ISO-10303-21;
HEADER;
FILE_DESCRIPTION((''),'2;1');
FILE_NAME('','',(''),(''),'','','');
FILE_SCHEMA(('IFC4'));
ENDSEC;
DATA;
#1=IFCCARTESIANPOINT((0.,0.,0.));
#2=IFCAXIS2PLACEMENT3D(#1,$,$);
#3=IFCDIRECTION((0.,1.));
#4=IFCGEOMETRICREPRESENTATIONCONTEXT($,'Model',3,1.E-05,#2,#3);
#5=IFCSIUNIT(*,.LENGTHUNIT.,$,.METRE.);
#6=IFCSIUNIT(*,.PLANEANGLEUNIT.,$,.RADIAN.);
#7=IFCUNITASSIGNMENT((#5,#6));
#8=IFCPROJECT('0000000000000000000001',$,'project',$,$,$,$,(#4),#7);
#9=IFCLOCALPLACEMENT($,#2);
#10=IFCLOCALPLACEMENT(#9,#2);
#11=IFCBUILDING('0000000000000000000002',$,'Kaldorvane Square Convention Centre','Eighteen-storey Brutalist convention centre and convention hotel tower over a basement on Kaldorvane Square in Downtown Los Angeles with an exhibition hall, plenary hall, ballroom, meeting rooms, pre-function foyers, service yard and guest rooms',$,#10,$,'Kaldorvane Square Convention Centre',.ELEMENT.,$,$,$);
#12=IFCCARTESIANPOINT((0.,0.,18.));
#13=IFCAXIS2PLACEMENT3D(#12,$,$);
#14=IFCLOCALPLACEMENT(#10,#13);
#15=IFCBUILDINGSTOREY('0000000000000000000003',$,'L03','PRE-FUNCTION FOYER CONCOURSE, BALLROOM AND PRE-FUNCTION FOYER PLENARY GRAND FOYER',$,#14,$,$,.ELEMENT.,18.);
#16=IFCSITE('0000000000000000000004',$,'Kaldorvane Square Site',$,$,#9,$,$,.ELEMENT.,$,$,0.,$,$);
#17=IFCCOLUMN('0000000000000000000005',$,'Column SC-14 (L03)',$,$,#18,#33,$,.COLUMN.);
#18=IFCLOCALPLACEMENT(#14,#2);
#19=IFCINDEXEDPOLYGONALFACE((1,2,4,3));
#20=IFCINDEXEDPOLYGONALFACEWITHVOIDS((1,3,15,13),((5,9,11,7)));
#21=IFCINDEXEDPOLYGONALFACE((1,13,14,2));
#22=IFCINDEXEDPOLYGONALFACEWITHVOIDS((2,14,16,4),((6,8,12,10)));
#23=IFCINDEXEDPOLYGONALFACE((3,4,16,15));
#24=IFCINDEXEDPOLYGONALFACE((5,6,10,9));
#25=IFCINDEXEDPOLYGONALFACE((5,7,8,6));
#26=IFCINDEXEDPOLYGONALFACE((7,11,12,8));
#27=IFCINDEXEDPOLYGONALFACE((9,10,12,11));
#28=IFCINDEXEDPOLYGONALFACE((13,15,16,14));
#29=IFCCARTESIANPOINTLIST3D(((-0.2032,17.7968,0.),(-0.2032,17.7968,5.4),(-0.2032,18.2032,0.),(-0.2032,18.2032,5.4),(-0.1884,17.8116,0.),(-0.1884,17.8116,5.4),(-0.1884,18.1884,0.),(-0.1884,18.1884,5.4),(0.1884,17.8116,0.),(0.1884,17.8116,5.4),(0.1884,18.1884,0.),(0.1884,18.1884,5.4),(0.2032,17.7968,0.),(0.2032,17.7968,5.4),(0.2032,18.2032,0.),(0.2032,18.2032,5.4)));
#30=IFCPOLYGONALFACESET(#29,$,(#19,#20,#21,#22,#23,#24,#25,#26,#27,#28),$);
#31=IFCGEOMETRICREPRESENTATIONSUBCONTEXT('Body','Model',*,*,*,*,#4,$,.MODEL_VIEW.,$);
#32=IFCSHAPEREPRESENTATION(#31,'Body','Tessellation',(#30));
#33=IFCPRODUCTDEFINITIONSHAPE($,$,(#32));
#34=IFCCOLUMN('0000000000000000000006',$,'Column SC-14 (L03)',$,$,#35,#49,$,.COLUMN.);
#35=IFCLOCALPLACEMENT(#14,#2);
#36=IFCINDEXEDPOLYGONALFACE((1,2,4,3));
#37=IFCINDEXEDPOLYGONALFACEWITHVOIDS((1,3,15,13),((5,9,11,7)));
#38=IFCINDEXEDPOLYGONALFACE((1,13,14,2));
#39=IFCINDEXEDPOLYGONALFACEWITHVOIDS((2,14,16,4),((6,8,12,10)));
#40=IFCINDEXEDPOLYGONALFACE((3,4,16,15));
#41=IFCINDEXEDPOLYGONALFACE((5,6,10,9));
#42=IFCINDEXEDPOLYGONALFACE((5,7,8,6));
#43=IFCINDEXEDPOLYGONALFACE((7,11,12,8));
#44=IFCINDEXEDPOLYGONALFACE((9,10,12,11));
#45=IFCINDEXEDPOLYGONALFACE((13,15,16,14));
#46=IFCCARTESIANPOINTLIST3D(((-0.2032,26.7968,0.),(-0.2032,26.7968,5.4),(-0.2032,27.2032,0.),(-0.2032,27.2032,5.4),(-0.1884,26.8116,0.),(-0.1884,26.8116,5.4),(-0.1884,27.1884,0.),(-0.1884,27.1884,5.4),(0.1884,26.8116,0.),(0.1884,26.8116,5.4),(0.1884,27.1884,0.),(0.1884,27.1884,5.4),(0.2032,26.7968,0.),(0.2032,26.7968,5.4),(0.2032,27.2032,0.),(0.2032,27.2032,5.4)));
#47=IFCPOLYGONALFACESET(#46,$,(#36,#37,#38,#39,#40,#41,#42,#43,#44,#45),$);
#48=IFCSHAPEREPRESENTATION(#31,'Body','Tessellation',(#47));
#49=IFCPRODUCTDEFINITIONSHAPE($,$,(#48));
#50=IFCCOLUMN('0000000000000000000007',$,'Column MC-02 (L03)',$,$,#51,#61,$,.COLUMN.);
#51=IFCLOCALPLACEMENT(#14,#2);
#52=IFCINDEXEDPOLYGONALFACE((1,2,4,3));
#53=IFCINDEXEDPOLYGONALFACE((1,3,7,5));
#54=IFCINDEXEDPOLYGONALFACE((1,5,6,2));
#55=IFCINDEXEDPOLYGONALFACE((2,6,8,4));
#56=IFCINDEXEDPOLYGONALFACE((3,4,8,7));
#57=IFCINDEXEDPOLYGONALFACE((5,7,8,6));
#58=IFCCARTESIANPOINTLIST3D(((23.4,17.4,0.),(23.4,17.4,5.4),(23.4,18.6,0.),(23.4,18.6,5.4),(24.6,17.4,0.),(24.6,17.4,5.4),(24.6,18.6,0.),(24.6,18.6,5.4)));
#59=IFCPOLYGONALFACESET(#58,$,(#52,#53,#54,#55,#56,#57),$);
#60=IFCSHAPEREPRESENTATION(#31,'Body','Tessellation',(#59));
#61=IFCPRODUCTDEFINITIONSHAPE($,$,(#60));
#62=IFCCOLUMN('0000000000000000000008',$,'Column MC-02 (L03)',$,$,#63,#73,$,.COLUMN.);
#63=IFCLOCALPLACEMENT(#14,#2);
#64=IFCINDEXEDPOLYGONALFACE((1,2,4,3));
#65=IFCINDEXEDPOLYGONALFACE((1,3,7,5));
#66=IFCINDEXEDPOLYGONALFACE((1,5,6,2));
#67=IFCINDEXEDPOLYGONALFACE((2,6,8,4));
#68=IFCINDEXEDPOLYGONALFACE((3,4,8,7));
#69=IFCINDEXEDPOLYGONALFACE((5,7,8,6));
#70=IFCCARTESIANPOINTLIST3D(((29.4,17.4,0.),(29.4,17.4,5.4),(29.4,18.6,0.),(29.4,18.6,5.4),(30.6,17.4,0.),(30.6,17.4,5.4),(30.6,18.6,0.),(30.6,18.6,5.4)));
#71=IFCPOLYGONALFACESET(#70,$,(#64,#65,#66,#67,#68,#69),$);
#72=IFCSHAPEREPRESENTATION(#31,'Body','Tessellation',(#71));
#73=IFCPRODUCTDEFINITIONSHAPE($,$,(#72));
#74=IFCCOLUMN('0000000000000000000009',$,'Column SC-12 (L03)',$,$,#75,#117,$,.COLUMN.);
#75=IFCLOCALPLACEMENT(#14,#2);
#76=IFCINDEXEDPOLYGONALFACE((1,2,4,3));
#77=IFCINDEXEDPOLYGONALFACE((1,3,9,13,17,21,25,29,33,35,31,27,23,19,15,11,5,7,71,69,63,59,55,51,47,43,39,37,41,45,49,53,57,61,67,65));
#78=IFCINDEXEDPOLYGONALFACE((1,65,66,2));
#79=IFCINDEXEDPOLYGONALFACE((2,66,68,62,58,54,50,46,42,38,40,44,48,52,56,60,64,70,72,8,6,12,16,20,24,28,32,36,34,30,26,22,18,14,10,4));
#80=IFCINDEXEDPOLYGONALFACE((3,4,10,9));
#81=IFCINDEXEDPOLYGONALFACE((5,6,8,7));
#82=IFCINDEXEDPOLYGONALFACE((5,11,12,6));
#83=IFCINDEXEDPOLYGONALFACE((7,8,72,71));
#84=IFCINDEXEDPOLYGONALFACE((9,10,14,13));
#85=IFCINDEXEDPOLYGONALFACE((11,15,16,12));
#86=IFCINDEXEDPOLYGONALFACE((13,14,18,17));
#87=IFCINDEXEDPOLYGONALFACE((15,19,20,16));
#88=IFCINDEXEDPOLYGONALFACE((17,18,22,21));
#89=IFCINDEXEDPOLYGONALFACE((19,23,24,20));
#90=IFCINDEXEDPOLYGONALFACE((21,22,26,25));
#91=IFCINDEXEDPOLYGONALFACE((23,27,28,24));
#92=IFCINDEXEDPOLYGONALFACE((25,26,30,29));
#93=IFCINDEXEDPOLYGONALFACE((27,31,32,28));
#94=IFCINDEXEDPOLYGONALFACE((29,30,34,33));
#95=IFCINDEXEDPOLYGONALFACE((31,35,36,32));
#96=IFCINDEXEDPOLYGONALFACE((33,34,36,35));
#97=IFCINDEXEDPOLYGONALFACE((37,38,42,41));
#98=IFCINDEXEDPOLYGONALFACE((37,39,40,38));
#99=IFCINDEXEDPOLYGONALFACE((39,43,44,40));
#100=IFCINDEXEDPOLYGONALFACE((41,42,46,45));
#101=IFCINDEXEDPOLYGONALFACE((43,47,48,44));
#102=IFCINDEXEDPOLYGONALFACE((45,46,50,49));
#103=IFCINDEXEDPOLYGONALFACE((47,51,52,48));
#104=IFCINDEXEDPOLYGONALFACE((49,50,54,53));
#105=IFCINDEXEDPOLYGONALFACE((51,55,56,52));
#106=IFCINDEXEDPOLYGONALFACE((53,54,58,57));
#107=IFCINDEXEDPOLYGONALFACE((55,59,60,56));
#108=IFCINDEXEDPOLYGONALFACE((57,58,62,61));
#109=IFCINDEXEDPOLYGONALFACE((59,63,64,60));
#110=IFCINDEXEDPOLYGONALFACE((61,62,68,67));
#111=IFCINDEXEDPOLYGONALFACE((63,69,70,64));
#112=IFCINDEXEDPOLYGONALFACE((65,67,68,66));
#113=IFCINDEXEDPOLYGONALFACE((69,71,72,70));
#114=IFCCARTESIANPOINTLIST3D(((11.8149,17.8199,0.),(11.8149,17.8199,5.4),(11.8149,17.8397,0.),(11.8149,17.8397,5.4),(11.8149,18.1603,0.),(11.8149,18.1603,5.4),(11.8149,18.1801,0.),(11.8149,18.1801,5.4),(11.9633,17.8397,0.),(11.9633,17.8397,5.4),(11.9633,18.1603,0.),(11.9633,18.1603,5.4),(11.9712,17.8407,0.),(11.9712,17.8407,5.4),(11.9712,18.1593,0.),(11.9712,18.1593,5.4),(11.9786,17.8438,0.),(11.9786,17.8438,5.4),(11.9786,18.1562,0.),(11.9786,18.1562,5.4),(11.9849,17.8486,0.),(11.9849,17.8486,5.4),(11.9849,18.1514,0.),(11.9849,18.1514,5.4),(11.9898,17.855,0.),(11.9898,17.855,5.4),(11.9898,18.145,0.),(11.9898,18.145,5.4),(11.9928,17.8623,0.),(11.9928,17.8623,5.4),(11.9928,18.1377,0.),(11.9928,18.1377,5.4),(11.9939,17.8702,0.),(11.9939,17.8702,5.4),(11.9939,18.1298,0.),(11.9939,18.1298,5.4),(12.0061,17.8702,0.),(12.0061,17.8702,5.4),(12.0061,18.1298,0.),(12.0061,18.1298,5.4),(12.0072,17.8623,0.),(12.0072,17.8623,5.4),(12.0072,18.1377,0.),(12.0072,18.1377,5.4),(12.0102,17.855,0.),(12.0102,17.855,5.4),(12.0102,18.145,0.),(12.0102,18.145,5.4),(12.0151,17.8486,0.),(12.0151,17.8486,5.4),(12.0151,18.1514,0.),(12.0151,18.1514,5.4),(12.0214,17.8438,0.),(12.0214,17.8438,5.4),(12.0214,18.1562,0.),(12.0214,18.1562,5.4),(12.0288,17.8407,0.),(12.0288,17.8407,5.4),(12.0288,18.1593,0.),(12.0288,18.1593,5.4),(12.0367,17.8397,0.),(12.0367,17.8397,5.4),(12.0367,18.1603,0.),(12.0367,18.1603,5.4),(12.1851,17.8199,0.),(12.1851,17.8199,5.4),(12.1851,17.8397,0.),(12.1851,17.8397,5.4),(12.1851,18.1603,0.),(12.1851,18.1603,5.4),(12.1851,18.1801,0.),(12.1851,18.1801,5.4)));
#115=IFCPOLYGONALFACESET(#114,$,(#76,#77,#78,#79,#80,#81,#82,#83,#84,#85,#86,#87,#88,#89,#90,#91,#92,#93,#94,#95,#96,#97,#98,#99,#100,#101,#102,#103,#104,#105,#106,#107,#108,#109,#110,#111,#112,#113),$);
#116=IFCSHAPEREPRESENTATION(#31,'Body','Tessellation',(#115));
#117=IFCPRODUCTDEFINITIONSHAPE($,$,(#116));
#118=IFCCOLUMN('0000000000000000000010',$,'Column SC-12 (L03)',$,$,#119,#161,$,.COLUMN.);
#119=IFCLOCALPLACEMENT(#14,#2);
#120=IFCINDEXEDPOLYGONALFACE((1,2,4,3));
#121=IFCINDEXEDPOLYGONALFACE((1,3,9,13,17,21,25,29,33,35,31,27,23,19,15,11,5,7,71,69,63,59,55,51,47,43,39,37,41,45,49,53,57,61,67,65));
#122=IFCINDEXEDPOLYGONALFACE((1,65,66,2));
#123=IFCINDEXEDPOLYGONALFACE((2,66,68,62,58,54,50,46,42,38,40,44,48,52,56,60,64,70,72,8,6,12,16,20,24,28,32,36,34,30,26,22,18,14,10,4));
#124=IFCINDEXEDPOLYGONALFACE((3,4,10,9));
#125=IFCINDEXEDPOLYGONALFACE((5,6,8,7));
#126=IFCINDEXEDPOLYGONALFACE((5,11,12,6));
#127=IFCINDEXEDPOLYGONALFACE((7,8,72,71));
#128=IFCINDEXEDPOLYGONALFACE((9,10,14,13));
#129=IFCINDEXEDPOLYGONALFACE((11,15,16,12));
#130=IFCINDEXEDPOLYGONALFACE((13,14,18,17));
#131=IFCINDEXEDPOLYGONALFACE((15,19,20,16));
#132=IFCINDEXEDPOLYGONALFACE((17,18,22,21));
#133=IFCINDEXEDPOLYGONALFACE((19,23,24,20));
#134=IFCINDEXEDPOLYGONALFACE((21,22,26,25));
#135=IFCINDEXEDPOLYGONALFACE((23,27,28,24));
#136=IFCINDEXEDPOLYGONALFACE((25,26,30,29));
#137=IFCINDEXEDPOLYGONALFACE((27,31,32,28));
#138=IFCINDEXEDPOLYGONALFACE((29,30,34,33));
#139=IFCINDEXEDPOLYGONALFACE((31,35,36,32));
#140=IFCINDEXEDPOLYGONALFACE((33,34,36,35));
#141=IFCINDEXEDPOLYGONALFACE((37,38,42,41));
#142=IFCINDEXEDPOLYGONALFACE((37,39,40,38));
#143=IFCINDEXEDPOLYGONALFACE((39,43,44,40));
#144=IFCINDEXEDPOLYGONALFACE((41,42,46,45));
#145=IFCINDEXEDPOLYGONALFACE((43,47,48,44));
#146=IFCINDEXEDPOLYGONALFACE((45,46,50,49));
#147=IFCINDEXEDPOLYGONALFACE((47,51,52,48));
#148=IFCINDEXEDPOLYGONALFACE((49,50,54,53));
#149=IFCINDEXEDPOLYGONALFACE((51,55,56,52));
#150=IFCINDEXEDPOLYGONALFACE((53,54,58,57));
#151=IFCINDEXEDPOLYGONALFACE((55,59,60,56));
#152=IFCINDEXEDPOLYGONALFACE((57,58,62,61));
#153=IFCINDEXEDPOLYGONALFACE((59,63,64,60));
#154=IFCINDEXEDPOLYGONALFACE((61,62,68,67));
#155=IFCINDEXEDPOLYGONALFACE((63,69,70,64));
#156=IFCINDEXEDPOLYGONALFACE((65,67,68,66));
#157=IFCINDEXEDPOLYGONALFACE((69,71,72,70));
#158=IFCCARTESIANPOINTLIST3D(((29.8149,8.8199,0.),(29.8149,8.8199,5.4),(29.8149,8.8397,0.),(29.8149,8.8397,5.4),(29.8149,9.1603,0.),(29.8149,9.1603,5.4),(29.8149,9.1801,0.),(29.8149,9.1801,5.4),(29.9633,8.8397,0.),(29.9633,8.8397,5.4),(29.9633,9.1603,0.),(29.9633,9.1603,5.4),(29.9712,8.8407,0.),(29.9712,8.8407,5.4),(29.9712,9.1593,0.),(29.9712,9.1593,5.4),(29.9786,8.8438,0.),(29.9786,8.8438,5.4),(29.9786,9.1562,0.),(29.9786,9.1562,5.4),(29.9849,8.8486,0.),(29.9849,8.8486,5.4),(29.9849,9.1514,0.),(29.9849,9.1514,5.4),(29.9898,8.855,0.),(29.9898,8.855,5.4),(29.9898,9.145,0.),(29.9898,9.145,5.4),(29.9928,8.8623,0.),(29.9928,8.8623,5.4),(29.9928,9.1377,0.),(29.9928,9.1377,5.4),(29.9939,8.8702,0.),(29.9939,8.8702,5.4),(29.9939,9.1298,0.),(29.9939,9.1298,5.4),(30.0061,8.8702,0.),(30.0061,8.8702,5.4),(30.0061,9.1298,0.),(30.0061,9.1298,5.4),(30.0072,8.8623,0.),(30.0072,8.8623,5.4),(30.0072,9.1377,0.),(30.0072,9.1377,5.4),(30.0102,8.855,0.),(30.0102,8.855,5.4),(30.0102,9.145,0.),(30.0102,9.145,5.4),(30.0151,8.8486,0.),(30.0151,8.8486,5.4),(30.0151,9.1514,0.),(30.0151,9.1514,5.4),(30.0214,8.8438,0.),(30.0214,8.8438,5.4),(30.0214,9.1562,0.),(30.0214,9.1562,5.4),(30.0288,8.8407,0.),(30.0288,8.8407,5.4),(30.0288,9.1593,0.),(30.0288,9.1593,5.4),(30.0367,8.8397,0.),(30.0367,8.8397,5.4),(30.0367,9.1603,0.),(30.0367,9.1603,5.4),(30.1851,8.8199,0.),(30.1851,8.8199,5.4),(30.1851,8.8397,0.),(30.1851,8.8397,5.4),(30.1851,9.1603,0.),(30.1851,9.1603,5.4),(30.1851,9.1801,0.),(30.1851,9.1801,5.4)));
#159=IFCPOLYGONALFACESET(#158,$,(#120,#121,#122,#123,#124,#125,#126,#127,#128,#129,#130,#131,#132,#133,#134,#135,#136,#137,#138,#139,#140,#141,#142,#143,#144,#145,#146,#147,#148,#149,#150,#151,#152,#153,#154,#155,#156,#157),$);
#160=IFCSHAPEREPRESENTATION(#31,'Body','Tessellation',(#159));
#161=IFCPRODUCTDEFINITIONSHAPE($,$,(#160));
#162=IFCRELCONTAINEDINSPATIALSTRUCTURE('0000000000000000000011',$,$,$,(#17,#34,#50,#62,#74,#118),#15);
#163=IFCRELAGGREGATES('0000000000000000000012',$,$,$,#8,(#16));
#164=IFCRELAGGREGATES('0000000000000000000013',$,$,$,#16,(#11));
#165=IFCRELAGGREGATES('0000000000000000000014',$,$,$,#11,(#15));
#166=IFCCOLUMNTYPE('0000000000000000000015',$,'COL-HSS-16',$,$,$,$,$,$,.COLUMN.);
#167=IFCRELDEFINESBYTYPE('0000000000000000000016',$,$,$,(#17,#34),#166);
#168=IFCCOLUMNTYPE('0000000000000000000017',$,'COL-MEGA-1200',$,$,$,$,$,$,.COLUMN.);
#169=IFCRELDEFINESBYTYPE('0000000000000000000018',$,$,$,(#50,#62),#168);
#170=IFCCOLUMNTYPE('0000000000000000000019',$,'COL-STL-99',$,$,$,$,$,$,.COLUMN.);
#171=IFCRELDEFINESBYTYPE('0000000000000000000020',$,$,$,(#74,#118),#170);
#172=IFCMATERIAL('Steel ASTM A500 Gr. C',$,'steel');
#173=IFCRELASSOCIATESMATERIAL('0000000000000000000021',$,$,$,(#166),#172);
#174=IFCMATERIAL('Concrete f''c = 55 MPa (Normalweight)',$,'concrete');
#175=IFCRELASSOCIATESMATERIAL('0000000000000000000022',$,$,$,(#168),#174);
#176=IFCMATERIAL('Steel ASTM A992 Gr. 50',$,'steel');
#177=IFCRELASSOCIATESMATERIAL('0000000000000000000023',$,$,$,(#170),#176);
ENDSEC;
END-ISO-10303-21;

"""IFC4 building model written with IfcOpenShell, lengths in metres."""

from ifc_helpers import new_model, si_unit, direction, frame, origin, origin_2d, place, context, subcontext, project, spatial, rectangle, hollow_rectangle, i_section, extrude, material, material_profile, profile_set, type_object, element, save


model = new_model("IFC4")

# Units and contexts
model_context = context("Model", 3, precision=1e-05, world=origin(), true_north=direction((0.0, 1.0)))
body_context = subcontext(model_context, "Body", "Model", "MODEL_VIEW")
ifc_project = project(units=[si_unit("LENGTHUNIT", "METRE"), si_unit("PLANEANGLEUNIT", "RADIAN")], contexts=[model_context])

# Site, building, storey
site_placement = place(None, origin())
site = spatial("IfcSite", under=ifc_project, at=site_placement, Name="Kaldorvane Square Site", CompositionType="ELEMENT", RefElevation=0.0)
building_placement = place(site_placement, origin())
building = spatial("IfcBuilding", under=site, at=building_placement, Name="Kaldorvane Square Convention Centre", Description="Eighteen-storey Brutalist convention centre and convention hotel tower over a basement on Kaldorvane Square in Downtown Los Angeles with an exhibition hall, plenary hall, ballroom, meeting rooms, pre-function foyers, service yard and guest rooms", LongName="Kaldorvane Square Convention Centre", CompositionType="ELEMENT")
storey_placement = place(building_placement, frame((0.0, 0.0, 18.0)))
storey = spatial("IfcBuildingStorey", under=building, at=storey_placement, Name="L03", Description="PRE-FUNCTION FOYER CONCOURSE, BALLROOM AND PRE-FUNCTION FOYER PLENARY GRAND FOYER", CompositionType="ELEMENT", Elevation=18.0)

# Columns
ifc_material_1 = material(Name="Steel ASTM A500 Gr. C", Category="steel")
ifc_material_profile_1 = material_profile(ifc_material_1, hollow_rectangle(XDim=0.4064, YDim=0.4064, WallThickness=0.0148, at=origin_2d()), Name="HSS16X16X5/8")
ifc_profile_set_1 = profile_set([ifc_material_profile_1], Name="Steel ASTM A500 Gr. C")
column_type_1 = type_object("IfcColumnType", Name="COL-HSS-16", PredefinedType="COLUMN", material=ifc_profile_set_1)
for number, where, z_axis, x_axis, name in (
    (1, (0.0, 18.0, 0.0), (0.0, 0.0, 1.0), (1.0, 0.0, 0.0), "Column SC-14 (L03)"),
    (2, (0.0, 27.0, 0.0), (0.0, 0.0, 1.0), (1.0, 0.0, 0.0), "Column SC-14 (L03)"),
):
    element("IfcColumn", number, at=place(storey_placement, frame(where, z_axis=z_axis, x_axis=x_axis)), inside=storey, type_object=column_type_1, Name=name, PredefinedType="COLUMN", context=body_context, shape_type="SweptSolid", body=[
        extrude(hollow_rectangle(XDim=0.4064, YDim=0.4064, WallThickness=0.0148, at=origin_2d()), origin(), (0.0, 0.0, 1.0), 5.4),
    ])
ifc_material_2 = material(Name="Concrete f'c = 55 MPa (Normalweight)", Category="concrete")
ifc_material_profile_2 = material_profile(ifc_material_2, rectangle(XDim=1.2, YDim=1.2, at=origin_2d()), Name="RC1200X1200")
ifc_profile_set_2 = profile_set([ifc_material_profile_2], Name="Concrete f'c = 55 MPa (Normalweight)")
column_type_2 = type_object("IfcColumnType", Name="COL-MEGA-1200", PredefinedType="COLUMN", material=ifc_profile_set_2)
for number, where, z_axis, x_axis, name in (
    (3, (24.0, 18.0, 0.0), (0.0, 0.0, 1.0), (1.0, 0.0, 0.0), "Column MC-02 (L03)"),
    (4, (30.0, 18.0, 0.0), (0.0, 0.0, 1.0), (1.0, 0.0, 0.0), "Column MC-02 (L03)"),
):
    element("IfcColumn", number, at=place(storey_placement, frame(where, z_axis=z_axis, x_axis=x_axis)), inside=storey, type_object=column_type_2, Name=name, PredefinedType="COLUMN", context=body_context, shape_type="SweptSolid", body=[
        extrude(rectangle(XDim=1.2, YDim=1.2, at=origin_2d()), origin(), (0.0, 0.0, 1.0), 5.4),
    ])
ifc_material_3 = material(Name="Steel ASTM A992 Gr. 50", Category="steel")
ifc_material_profile_3 = material_profile(ifc_material_3, i_section(OverallWidth=0.3701, OverallDepth=0.3602, WebThickness=0.0123, FlangeThickness=0.0198, FilletRadius=0.0305, at=origin_2d()), Name="W14X99")
ifc_profile_set_3 = profile_set([ifc_material_profile_3], Name="Steel ASTM A992 Gr. 50")
column_type_3 = type_object("IfcColumnType", Name="COL-STL-99", PredefinedType="COLUMN", material=ifc_profile_set_3)
for number, where, z_axis, x_axis, name in (
    (5, (12.0, 18.0, 0.0), (0.0, 0.0, 1.0), (1.0, 0.0, 0.0), "Column SC-12 (L03)"),
    (6, (30.0, 9.0, 0.0), (0.0, 0.0, 1.0), (1.0, 0.0, 0.0), "Column SC-12 (L03)"),
):
    element("IfcColumn", number, at=place(storey_placement, frame(where, z_axis=z_axis, x_axis=x_axis)), inside=storey, type_object=column_type_3, Name=name, PredefinedType="COLUMN", context=body_context, shape_type="SweptSolid", body=[
        extrude(i_section(OverallWidth=0.3701, OverallDepth=0.3602, WebThickness=0.0123, FlangeThickness=0.0198, FilletRadius=0.0305, at=origin_2d()), origin(), (0.0, 0.0, 1.0), 5.4),
    ])

save(model, "model.ifc")
